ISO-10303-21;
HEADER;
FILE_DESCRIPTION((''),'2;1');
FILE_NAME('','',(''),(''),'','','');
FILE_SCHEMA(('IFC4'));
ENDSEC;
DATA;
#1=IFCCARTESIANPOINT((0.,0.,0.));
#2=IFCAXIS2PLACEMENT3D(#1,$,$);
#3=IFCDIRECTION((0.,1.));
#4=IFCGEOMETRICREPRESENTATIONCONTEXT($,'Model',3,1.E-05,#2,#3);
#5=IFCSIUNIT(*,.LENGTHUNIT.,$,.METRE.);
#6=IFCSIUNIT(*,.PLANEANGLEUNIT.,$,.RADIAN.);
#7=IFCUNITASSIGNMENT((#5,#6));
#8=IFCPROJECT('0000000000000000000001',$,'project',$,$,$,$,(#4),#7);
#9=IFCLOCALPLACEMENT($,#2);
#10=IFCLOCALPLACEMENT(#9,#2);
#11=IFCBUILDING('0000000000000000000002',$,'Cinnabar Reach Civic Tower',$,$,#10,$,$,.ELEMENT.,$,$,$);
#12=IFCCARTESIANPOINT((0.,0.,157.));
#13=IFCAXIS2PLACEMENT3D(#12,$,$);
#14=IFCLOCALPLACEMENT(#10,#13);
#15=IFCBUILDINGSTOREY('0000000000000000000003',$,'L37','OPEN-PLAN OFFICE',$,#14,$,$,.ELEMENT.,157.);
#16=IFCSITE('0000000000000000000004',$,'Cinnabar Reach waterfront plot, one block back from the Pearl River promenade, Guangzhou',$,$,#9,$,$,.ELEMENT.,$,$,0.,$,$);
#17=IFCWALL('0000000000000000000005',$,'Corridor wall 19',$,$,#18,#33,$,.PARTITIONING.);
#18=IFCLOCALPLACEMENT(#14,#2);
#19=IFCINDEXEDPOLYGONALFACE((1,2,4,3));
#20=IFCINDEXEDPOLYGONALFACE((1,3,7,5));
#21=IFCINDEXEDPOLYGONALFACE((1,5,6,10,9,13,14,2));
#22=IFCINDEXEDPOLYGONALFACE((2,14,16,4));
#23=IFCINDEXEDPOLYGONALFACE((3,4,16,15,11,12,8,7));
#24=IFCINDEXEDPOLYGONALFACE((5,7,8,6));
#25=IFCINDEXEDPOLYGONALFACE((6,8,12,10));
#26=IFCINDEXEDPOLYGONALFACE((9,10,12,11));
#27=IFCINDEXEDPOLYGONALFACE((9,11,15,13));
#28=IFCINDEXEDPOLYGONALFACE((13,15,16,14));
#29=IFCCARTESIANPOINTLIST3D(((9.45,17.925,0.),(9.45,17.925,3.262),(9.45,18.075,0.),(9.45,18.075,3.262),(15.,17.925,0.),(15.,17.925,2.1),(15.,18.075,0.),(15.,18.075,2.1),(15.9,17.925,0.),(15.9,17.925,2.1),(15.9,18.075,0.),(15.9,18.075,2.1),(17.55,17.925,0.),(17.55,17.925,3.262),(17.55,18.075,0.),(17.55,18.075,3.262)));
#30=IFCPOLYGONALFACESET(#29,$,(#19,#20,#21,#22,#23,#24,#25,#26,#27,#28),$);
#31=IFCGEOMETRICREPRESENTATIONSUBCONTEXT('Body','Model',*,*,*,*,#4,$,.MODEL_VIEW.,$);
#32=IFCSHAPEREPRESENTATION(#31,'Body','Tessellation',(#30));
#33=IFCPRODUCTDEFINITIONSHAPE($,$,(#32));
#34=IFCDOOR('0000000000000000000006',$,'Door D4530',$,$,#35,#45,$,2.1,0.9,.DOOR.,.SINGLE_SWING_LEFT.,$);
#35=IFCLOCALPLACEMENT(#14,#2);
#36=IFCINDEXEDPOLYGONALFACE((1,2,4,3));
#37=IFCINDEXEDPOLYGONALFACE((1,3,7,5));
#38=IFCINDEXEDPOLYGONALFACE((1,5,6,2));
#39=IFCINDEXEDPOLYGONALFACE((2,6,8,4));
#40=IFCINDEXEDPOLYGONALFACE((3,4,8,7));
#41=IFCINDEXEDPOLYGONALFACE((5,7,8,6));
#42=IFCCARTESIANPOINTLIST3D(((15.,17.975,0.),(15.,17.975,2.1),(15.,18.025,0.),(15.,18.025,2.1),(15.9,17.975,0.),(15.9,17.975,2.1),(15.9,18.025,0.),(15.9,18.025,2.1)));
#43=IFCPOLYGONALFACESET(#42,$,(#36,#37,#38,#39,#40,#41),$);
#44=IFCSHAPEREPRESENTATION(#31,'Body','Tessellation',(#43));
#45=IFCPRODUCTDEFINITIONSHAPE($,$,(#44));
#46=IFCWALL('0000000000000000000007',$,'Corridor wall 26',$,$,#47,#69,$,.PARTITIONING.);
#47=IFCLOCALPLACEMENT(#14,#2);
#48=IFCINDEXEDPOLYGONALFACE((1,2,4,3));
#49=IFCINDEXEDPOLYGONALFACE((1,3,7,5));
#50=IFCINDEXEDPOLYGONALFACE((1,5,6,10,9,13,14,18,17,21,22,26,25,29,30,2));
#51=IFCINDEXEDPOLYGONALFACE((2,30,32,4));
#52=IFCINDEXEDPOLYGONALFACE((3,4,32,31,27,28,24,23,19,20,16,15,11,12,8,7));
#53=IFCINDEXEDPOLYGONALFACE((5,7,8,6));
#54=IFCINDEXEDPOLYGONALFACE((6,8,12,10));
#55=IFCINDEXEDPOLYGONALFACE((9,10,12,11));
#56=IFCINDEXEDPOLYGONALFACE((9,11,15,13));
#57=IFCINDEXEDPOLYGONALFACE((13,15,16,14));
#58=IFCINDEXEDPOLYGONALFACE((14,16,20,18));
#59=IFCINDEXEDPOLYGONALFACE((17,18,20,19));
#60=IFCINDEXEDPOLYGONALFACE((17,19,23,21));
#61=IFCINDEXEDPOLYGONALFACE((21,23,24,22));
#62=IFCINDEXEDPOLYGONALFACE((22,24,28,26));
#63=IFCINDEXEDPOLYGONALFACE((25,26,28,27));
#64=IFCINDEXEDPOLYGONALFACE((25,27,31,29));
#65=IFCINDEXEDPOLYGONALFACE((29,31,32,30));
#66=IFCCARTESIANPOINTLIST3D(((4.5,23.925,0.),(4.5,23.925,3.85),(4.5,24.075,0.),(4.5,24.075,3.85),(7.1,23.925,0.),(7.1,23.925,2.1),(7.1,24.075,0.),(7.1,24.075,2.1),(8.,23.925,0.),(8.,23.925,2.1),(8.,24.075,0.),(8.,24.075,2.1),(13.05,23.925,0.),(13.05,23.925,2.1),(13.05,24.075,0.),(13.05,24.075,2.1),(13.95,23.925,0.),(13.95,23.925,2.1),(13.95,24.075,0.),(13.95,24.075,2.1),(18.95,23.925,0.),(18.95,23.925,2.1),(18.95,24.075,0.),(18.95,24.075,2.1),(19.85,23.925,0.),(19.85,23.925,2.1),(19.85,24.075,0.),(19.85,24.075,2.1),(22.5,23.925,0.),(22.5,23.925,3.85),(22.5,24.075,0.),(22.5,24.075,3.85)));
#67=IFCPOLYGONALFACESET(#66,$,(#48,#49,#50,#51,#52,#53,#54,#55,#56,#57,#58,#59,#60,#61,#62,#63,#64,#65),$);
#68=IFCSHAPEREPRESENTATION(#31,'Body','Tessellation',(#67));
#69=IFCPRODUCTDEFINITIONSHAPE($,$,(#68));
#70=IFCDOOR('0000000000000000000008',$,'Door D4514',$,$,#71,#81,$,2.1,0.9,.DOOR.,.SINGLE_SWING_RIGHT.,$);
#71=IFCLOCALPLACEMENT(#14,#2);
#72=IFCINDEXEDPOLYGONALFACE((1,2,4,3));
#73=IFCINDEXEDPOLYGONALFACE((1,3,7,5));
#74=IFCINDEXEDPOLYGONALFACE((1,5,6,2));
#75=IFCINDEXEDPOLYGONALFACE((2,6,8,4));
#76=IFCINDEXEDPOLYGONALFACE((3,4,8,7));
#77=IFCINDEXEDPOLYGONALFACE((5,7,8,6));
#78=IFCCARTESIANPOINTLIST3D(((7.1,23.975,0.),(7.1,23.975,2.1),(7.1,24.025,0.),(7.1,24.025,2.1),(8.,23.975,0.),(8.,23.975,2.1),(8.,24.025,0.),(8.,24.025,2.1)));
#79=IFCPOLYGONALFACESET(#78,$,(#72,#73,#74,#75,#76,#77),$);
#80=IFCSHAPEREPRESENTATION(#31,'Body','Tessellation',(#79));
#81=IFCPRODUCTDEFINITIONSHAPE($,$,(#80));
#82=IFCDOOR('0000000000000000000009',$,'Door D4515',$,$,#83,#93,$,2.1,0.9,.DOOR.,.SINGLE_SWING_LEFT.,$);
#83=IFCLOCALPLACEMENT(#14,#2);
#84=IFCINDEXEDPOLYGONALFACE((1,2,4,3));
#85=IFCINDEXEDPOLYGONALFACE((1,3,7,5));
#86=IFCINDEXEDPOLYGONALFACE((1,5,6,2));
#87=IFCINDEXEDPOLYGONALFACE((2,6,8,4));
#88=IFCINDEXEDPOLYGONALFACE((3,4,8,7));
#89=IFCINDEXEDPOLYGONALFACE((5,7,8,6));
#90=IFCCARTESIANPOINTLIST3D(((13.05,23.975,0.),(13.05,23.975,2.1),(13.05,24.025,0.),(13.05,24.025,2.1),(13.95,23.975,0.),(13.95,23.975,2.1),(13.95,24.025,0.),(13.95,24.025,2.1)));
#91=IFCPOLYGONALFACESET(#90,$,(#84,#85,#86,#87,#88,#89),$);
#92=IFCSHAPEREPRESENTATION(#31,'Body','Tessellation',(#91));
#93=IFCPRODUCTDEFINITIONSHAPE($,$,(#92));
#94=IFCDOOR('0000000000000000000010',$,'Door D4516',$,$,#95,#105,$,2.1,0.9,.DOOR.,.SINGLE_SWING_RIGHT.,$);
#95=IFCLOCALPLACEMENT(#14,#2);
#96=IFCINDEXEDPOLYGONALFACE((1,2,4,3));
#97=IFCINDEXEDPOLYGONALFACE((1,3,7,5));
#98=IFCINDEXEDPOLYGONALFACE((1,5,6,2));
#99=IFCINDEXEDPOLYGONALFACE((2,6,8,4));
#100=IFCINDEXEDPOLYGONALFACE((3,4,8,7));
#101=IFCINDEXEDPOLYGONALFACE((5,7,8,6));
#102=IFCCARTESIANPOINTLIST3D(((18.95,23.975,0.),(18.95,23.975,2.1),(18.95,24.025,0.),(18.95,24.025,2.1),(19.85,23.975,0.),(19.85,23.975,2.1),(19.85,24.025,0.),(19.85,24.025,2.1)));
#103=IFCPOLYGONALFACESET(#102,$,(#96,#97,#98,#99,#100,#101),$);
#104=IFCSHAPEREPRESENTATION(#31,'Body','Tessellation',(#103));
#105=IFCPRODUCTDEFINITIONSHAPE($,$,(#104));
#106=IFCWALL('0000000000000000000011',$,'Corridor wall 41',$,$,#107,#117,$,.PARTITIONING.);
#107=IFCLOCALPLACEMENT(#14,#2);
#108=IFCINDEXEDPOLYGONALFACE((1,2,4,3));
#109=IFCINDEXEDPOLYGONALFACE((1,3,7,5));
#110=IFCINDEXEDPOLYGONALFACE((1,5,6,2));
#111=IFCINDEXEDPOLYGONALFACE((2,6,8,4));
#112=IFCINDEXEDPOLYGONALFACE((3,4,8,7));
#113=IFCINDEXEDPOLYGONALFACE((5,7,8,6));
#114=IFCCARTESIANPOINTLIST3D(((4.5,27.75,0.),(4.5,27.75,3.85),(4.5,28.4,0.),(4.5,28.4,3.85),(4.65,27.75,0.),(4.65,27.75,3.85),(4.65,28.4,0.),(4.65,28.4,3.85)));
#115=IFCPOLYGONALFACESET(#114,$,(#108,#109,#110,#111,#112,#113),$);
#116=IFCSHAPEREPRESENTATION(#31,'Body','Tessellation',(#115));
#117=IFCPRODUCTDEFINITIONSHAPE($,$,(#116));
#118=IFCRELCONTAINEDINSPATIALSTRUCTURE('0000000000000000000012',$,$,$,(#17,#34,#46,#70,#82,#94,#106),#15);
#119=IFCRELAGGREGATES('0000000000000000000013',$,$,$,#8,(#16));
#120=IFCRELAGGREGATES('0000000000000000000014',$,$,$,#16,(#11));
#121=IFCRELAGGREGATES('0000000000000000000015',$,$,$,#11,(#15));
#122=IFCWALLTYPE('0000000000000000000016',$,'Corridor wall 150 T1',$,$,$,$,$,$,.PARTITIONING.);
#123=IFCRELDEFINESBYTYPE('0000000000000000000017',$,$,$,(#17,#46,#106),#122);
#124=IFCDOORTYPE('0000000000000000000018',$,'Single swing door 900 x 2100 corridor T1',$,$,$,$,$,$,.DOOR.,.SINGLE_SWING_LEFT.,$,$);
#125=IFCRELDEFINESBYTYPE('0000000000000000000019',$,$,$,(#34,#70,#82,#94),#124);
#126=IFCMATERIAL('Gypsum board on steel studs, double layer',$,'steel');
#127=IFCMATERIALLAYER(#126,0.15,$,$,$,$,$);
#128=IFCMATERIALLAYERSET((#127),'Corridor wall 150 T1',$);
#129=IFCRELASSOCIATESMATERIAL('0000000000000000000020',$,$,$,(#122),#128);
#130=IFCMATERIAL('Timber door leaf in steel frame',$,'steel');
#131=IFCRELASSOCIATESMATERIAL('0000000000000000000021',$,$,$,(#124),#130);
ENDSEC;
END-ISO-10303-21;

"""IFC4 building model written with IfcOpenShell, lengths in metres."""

from ifc_helpers import new_model, si_unit, direction, frame, frame_2d, origin, place, context, subcontext, project, spatial, rectangle, extrude, material, layer, layer_set, type_object, element, fill, save


model = new_model("IFC4")

# Units and contexts
model_context = context("Model", 3, precision=1e-05, world=origin(), true_north=direction((0.0, 1.0)))
body_context = subcontext(model_context, "Body", "Model", "MODEL_VIEW")
ifc_project = project(units=[si_unit("LENGTHUNIT", "METRE"), si_unit("PLANEANGLEUNIT", "RADIAN")], contexts=[model_context])

# Site, building, storey
site_placement = place(None, origin())
site = spatial("IfcSite", under=ifc_project, at=site_placement, Name="Cinnabar Reach waterfront plot, one block back from the Pearl River promenade, Guangzhou", CompositionType="ELEMENT", RefElevation=0.0)
building_placement = place(site_placement, origin())
building = spatial("IfcBuilding", under=site, at=building_placement, Name="Cinnabar Reach Civic Tower", CompositionType="ELEMENT")
storey_placement = place(building_placement, frame((0.0, 0.0, 157.0)))
storey = spatial("IfcBuildingStorey", under=building, at=storey_placement, Name="L37", Description="OPEN-PLAN OFFICE", CompositionType="ELEMENT", Elevation=157.0)

# Wall, opening, door
ifc_material_1 = material(Name="Timber door leaf in steel frame", Category="steel")
ifc_material_2 = material(Name="Gypsum board on steel studs, double layer", Category="steel")
ifc_layer_1 = layer(ifc_material_2, 0.15)
ifc_layer_set_1 = layer_set([ifc_layer_1], Name="Corridor wall 150 T1")
wall_type_1 = type_object("IfcWallType", Name="Corridor wall 150 T1", PredefinedType="PARTITIONING", material=ifc_layer_set_1)
wall_1_placement = place(storey_placement, frame((9.45, 18.0, 0.0), z_axis=(0.0, 0.0, 1.0), x_axis=(1.0, 0.0, 0.0)))
wall_1 = element("IfcWall", 1, at=wall_1_placement, inside=storey, type_object=wall_type_1, Name="Corridor wall 19", PredefinedType="PARTITIONING", context=body_context, shape_type="SweptSolid", body=[
    extrude(rectangle(XDim=8.1, YDim=0.15, at=frame_2d((4.05, 0.0))), origin(), (0.0, 0.0, 1.0), 3.262),
])
opening_1_placement = place(wall_1_placement, frame((5.55, 0.0, 0.0)))
opening_1 = element("IfcOpeningElement", 2, at=opening_1_placement, cuts=wall_1, PredefinedType="OPENING", context=body_context, shape_type="SweptSolid", body=[
    extrude(rectangle(XDim=0.9, YDim=2.1, at=frame_2d((0.45, 1.05))), frame((0.0, 0.085, 0.0), z_axis=(0.0, -1.0, 0.0), x_axis=(1.0, 0.0, 0.0)), (0.0, 0.0, 1.0), 0.17),
])
door_type_1 = type_object("IfcDoorType", Name="Single swing door 900 x 2100 corridor T1", OperationType="SINGLE_SWING_LEFT", PredefinedType="DOOR", material=ifc_material_1)
door_1_placement = place(opening_1_placement, frame((0.9, 0.0, 0.0), z_axis=(0.0, 0.0, 1.0), x_axis=(-1.0, 0.0, 0.0)))
door_1 = element("IfcDoor", 3, at=door_1_placement, inside=storey, type_object=door_type_1, Name="Door D4530", OperationType="SINGLE_SWING_LEFT", OverallHeight=2.1, OverallWidth=0.9, PredefinedType="DOOR", context=body_context, shape_type="SweptSolid", body=[
    extrude(rectangle(XDim=0.9, YDim=2.1, at=frame_2d((0.45, 1.05))), frame((0.0, 0.025, 0.0), z_axis=(0.0, -1.0, 0.0), x_axis=(1.0, 0.0, 0.0)), (0.0, 0.0, 1.0), 0.05),
])
fill(opening_1, door_1)

# Wall, openings, doors
wall_2_placement = place(storey_placement, frame((4.5, 24.0, 0.0), z_axis=(0.0, 0.0, 1.0), x_axis=(1.0, 0.0, 0.0)))
wall_2 = element("IfcWall", 4, at=wall_2_placement, inside=storey, type_object=wall_type_1, Name="Corridor wall 26", PredefinedType="PARTITIONING", context=body_context, shape_type="SweptSolid", body=[
    extrude(rectangle(XDim=18.0, YDim=0.15, at=frame_2d((9.0, 0.0))), origin(), (0.0, 0.0, 1.0), 3.85),
])
opening_2_placement = place(wall_2_placement, frame((2.6, 0.0, 0.0)))
opening_2 = element("IfcOpeningElement", 5, at=opening_2_placement, cuts=wall_2, PredefinedType="OPENING", context=body_context, shape_type="SweptSolid", body=[
    extrude(rectangle(XDim=0.9, YDim=2.1, at=frame_2d((0.45, 1.05))), frame((0.0, 0.085, 0.0), z_axis=(0.0, -1.0, 0.0), x_axis=(1.0, 0.0, 0.0)), (0.0, 0.0, 1.0), 0.17),
])
opening_3_placement = place(wall_2_placement, frame((8.55, 0.0, 0.0)))
opening_3 = element("IfcOpeningElement", 6, at=opening_3_placement, cuts=wall_2, PredefinedType="OPENING", context=body_context, shape_type="SweptSolid", body=[
    extrude(rectangle(XDim=0.9, YDim=2.1, at=frame_2d((0.45, 1.05))), frame((0.0, 0.085, 0.0), z_axis=(0.0, -1.0, 0.0), x_axis=(1.0, 0.0, 0.0)), (0.0, 0.0, 1.0), 0.17),
])
opening_4_placement = place(wall_2_placement, frame((14.45, 0.0, 0.0)))
opening_4 = element("IfcOpeningElement", 7, at=opening_4_placement, cuts=wall_2, PredefinedType="OPENING", context=body_context, shape_type="SweptSolid", body=[
    extrude(rectangle(XDim=0.9, YDim=2.1, at=frame_2d((0.45, 1.05))), frame((0.0, 0.085, 0.0), z_axis=(0.0, -1.0, 0.0), x_axis=(1.0, 0.0, 0.0)), (0.0, 0.0, 1.0), 0.17),
])
door_2_placement = place(opening_2_placement, frame((0.9, 0.0, 0.0), z_axis=(0.0, 0.0, 1.0), x_axis=(-1.0, 0.0, 0.0)))
door_2 = element("IfcDoor", 8, at=door_2_placement, inside=storey, type_object=door_type_1, Name="Door D4514", OperationType="SINGLE_SWING_RIGHT", OverallHeight=2.1, OverallWidth=0.9, PredefinedType="DOOR", context=body_context, shape_type="SweptSolid", body=[
    extrude(rectangle(XDim=0.9, YDim=2.1, at=frame_2d((0.45, 1.05))), frame((0.0, 0.025, 0.0), z_axis=(0.0, -1.0, 0.0), x_axis=(1.0, 0.0, 0.0)), (0.0, 0.0, 1.0), 0.05),
])
fill(opening_2, door_2)
door_3_placement = place(opening_3_placement, frame((0.9, 0.0, 0.0), z_axis=(0.0, 0.0, 1.0), x_axis=(-1.0, 0.0, 0.0)))
door_3 = element("IfcDoor", 9, at=door_3_placement, inside=storey, type_object=door_type_1, Name="Door D4515", OperationType="SINGLE_SWING_LEFT", OverallHeight=2.1, OverallWidth=0.9, PredefinedType="DOOR", context=body_context, shape_type="SweptSolid", body=[
    extrude(rectangle(XDim=0.9, YDim=2.1, at=frame_2d((0.45, 1.05))), frame((0.0, 0.025, 0.0), z_axis=(0.0, -1.0, 0.0), x_axis=(1.0, 0.0, 0.0)), (0.0, 0.0, 1.0), 0.05),
])
fill(opening_3, door_3)
door_4_placement = place(opening_4_placement, frame((0.9, 0.0, 0.0), z_axis=(0.0, 0.0, 1.0), x_axis=(-1.0, 0.0, 0.0)))
door_4 = element("IfcDoor", 10, at=door_4_placement, inside=storey, type_object=door_type_1, Name="Door D4516", OperationType="SINGLE_SWING_RIGHT", OverallHeight=2.1, OverallWidth=0.9, PredefinedType="DOOR", context=body_context, shape_type="SweptSolid", body=[
    extrude(rectangle(XDim=0.9, YDim=2.1, at=frame_2d((0.45, 1.05))), frame((0.0, 0.025, 0.0), z_axis=(0.0, -1.0, 0.0), x_axis=(1.0, 0.0, 0.0)), (0.0, 0.0, 1.0), 0.05),
])
fill(opening_4, door_4)

# Wall
wall_3_placement = place(storey_placement, frame((4.575, 27.75, 0.0), z_axis=(0.0, 0.0, 1.0), x_axis=(0.0, 1.0, 0.0)))
element("IfcWall", 11, at=wall_3_placement, inside=storey, type_object=wall_type_1, Name="Corridor wall 41", PredefinedType="PARTITIONING", context=body_context, shape_type="SweptSolid", body=[
    extrude(rectangle(XDim=0.65, YDim=0.15, at=frame_2d((0.325, 0.0))), origin(), (0.0, 0.0, 1.0), 3.85),
])

save(model, "model.ifc")
